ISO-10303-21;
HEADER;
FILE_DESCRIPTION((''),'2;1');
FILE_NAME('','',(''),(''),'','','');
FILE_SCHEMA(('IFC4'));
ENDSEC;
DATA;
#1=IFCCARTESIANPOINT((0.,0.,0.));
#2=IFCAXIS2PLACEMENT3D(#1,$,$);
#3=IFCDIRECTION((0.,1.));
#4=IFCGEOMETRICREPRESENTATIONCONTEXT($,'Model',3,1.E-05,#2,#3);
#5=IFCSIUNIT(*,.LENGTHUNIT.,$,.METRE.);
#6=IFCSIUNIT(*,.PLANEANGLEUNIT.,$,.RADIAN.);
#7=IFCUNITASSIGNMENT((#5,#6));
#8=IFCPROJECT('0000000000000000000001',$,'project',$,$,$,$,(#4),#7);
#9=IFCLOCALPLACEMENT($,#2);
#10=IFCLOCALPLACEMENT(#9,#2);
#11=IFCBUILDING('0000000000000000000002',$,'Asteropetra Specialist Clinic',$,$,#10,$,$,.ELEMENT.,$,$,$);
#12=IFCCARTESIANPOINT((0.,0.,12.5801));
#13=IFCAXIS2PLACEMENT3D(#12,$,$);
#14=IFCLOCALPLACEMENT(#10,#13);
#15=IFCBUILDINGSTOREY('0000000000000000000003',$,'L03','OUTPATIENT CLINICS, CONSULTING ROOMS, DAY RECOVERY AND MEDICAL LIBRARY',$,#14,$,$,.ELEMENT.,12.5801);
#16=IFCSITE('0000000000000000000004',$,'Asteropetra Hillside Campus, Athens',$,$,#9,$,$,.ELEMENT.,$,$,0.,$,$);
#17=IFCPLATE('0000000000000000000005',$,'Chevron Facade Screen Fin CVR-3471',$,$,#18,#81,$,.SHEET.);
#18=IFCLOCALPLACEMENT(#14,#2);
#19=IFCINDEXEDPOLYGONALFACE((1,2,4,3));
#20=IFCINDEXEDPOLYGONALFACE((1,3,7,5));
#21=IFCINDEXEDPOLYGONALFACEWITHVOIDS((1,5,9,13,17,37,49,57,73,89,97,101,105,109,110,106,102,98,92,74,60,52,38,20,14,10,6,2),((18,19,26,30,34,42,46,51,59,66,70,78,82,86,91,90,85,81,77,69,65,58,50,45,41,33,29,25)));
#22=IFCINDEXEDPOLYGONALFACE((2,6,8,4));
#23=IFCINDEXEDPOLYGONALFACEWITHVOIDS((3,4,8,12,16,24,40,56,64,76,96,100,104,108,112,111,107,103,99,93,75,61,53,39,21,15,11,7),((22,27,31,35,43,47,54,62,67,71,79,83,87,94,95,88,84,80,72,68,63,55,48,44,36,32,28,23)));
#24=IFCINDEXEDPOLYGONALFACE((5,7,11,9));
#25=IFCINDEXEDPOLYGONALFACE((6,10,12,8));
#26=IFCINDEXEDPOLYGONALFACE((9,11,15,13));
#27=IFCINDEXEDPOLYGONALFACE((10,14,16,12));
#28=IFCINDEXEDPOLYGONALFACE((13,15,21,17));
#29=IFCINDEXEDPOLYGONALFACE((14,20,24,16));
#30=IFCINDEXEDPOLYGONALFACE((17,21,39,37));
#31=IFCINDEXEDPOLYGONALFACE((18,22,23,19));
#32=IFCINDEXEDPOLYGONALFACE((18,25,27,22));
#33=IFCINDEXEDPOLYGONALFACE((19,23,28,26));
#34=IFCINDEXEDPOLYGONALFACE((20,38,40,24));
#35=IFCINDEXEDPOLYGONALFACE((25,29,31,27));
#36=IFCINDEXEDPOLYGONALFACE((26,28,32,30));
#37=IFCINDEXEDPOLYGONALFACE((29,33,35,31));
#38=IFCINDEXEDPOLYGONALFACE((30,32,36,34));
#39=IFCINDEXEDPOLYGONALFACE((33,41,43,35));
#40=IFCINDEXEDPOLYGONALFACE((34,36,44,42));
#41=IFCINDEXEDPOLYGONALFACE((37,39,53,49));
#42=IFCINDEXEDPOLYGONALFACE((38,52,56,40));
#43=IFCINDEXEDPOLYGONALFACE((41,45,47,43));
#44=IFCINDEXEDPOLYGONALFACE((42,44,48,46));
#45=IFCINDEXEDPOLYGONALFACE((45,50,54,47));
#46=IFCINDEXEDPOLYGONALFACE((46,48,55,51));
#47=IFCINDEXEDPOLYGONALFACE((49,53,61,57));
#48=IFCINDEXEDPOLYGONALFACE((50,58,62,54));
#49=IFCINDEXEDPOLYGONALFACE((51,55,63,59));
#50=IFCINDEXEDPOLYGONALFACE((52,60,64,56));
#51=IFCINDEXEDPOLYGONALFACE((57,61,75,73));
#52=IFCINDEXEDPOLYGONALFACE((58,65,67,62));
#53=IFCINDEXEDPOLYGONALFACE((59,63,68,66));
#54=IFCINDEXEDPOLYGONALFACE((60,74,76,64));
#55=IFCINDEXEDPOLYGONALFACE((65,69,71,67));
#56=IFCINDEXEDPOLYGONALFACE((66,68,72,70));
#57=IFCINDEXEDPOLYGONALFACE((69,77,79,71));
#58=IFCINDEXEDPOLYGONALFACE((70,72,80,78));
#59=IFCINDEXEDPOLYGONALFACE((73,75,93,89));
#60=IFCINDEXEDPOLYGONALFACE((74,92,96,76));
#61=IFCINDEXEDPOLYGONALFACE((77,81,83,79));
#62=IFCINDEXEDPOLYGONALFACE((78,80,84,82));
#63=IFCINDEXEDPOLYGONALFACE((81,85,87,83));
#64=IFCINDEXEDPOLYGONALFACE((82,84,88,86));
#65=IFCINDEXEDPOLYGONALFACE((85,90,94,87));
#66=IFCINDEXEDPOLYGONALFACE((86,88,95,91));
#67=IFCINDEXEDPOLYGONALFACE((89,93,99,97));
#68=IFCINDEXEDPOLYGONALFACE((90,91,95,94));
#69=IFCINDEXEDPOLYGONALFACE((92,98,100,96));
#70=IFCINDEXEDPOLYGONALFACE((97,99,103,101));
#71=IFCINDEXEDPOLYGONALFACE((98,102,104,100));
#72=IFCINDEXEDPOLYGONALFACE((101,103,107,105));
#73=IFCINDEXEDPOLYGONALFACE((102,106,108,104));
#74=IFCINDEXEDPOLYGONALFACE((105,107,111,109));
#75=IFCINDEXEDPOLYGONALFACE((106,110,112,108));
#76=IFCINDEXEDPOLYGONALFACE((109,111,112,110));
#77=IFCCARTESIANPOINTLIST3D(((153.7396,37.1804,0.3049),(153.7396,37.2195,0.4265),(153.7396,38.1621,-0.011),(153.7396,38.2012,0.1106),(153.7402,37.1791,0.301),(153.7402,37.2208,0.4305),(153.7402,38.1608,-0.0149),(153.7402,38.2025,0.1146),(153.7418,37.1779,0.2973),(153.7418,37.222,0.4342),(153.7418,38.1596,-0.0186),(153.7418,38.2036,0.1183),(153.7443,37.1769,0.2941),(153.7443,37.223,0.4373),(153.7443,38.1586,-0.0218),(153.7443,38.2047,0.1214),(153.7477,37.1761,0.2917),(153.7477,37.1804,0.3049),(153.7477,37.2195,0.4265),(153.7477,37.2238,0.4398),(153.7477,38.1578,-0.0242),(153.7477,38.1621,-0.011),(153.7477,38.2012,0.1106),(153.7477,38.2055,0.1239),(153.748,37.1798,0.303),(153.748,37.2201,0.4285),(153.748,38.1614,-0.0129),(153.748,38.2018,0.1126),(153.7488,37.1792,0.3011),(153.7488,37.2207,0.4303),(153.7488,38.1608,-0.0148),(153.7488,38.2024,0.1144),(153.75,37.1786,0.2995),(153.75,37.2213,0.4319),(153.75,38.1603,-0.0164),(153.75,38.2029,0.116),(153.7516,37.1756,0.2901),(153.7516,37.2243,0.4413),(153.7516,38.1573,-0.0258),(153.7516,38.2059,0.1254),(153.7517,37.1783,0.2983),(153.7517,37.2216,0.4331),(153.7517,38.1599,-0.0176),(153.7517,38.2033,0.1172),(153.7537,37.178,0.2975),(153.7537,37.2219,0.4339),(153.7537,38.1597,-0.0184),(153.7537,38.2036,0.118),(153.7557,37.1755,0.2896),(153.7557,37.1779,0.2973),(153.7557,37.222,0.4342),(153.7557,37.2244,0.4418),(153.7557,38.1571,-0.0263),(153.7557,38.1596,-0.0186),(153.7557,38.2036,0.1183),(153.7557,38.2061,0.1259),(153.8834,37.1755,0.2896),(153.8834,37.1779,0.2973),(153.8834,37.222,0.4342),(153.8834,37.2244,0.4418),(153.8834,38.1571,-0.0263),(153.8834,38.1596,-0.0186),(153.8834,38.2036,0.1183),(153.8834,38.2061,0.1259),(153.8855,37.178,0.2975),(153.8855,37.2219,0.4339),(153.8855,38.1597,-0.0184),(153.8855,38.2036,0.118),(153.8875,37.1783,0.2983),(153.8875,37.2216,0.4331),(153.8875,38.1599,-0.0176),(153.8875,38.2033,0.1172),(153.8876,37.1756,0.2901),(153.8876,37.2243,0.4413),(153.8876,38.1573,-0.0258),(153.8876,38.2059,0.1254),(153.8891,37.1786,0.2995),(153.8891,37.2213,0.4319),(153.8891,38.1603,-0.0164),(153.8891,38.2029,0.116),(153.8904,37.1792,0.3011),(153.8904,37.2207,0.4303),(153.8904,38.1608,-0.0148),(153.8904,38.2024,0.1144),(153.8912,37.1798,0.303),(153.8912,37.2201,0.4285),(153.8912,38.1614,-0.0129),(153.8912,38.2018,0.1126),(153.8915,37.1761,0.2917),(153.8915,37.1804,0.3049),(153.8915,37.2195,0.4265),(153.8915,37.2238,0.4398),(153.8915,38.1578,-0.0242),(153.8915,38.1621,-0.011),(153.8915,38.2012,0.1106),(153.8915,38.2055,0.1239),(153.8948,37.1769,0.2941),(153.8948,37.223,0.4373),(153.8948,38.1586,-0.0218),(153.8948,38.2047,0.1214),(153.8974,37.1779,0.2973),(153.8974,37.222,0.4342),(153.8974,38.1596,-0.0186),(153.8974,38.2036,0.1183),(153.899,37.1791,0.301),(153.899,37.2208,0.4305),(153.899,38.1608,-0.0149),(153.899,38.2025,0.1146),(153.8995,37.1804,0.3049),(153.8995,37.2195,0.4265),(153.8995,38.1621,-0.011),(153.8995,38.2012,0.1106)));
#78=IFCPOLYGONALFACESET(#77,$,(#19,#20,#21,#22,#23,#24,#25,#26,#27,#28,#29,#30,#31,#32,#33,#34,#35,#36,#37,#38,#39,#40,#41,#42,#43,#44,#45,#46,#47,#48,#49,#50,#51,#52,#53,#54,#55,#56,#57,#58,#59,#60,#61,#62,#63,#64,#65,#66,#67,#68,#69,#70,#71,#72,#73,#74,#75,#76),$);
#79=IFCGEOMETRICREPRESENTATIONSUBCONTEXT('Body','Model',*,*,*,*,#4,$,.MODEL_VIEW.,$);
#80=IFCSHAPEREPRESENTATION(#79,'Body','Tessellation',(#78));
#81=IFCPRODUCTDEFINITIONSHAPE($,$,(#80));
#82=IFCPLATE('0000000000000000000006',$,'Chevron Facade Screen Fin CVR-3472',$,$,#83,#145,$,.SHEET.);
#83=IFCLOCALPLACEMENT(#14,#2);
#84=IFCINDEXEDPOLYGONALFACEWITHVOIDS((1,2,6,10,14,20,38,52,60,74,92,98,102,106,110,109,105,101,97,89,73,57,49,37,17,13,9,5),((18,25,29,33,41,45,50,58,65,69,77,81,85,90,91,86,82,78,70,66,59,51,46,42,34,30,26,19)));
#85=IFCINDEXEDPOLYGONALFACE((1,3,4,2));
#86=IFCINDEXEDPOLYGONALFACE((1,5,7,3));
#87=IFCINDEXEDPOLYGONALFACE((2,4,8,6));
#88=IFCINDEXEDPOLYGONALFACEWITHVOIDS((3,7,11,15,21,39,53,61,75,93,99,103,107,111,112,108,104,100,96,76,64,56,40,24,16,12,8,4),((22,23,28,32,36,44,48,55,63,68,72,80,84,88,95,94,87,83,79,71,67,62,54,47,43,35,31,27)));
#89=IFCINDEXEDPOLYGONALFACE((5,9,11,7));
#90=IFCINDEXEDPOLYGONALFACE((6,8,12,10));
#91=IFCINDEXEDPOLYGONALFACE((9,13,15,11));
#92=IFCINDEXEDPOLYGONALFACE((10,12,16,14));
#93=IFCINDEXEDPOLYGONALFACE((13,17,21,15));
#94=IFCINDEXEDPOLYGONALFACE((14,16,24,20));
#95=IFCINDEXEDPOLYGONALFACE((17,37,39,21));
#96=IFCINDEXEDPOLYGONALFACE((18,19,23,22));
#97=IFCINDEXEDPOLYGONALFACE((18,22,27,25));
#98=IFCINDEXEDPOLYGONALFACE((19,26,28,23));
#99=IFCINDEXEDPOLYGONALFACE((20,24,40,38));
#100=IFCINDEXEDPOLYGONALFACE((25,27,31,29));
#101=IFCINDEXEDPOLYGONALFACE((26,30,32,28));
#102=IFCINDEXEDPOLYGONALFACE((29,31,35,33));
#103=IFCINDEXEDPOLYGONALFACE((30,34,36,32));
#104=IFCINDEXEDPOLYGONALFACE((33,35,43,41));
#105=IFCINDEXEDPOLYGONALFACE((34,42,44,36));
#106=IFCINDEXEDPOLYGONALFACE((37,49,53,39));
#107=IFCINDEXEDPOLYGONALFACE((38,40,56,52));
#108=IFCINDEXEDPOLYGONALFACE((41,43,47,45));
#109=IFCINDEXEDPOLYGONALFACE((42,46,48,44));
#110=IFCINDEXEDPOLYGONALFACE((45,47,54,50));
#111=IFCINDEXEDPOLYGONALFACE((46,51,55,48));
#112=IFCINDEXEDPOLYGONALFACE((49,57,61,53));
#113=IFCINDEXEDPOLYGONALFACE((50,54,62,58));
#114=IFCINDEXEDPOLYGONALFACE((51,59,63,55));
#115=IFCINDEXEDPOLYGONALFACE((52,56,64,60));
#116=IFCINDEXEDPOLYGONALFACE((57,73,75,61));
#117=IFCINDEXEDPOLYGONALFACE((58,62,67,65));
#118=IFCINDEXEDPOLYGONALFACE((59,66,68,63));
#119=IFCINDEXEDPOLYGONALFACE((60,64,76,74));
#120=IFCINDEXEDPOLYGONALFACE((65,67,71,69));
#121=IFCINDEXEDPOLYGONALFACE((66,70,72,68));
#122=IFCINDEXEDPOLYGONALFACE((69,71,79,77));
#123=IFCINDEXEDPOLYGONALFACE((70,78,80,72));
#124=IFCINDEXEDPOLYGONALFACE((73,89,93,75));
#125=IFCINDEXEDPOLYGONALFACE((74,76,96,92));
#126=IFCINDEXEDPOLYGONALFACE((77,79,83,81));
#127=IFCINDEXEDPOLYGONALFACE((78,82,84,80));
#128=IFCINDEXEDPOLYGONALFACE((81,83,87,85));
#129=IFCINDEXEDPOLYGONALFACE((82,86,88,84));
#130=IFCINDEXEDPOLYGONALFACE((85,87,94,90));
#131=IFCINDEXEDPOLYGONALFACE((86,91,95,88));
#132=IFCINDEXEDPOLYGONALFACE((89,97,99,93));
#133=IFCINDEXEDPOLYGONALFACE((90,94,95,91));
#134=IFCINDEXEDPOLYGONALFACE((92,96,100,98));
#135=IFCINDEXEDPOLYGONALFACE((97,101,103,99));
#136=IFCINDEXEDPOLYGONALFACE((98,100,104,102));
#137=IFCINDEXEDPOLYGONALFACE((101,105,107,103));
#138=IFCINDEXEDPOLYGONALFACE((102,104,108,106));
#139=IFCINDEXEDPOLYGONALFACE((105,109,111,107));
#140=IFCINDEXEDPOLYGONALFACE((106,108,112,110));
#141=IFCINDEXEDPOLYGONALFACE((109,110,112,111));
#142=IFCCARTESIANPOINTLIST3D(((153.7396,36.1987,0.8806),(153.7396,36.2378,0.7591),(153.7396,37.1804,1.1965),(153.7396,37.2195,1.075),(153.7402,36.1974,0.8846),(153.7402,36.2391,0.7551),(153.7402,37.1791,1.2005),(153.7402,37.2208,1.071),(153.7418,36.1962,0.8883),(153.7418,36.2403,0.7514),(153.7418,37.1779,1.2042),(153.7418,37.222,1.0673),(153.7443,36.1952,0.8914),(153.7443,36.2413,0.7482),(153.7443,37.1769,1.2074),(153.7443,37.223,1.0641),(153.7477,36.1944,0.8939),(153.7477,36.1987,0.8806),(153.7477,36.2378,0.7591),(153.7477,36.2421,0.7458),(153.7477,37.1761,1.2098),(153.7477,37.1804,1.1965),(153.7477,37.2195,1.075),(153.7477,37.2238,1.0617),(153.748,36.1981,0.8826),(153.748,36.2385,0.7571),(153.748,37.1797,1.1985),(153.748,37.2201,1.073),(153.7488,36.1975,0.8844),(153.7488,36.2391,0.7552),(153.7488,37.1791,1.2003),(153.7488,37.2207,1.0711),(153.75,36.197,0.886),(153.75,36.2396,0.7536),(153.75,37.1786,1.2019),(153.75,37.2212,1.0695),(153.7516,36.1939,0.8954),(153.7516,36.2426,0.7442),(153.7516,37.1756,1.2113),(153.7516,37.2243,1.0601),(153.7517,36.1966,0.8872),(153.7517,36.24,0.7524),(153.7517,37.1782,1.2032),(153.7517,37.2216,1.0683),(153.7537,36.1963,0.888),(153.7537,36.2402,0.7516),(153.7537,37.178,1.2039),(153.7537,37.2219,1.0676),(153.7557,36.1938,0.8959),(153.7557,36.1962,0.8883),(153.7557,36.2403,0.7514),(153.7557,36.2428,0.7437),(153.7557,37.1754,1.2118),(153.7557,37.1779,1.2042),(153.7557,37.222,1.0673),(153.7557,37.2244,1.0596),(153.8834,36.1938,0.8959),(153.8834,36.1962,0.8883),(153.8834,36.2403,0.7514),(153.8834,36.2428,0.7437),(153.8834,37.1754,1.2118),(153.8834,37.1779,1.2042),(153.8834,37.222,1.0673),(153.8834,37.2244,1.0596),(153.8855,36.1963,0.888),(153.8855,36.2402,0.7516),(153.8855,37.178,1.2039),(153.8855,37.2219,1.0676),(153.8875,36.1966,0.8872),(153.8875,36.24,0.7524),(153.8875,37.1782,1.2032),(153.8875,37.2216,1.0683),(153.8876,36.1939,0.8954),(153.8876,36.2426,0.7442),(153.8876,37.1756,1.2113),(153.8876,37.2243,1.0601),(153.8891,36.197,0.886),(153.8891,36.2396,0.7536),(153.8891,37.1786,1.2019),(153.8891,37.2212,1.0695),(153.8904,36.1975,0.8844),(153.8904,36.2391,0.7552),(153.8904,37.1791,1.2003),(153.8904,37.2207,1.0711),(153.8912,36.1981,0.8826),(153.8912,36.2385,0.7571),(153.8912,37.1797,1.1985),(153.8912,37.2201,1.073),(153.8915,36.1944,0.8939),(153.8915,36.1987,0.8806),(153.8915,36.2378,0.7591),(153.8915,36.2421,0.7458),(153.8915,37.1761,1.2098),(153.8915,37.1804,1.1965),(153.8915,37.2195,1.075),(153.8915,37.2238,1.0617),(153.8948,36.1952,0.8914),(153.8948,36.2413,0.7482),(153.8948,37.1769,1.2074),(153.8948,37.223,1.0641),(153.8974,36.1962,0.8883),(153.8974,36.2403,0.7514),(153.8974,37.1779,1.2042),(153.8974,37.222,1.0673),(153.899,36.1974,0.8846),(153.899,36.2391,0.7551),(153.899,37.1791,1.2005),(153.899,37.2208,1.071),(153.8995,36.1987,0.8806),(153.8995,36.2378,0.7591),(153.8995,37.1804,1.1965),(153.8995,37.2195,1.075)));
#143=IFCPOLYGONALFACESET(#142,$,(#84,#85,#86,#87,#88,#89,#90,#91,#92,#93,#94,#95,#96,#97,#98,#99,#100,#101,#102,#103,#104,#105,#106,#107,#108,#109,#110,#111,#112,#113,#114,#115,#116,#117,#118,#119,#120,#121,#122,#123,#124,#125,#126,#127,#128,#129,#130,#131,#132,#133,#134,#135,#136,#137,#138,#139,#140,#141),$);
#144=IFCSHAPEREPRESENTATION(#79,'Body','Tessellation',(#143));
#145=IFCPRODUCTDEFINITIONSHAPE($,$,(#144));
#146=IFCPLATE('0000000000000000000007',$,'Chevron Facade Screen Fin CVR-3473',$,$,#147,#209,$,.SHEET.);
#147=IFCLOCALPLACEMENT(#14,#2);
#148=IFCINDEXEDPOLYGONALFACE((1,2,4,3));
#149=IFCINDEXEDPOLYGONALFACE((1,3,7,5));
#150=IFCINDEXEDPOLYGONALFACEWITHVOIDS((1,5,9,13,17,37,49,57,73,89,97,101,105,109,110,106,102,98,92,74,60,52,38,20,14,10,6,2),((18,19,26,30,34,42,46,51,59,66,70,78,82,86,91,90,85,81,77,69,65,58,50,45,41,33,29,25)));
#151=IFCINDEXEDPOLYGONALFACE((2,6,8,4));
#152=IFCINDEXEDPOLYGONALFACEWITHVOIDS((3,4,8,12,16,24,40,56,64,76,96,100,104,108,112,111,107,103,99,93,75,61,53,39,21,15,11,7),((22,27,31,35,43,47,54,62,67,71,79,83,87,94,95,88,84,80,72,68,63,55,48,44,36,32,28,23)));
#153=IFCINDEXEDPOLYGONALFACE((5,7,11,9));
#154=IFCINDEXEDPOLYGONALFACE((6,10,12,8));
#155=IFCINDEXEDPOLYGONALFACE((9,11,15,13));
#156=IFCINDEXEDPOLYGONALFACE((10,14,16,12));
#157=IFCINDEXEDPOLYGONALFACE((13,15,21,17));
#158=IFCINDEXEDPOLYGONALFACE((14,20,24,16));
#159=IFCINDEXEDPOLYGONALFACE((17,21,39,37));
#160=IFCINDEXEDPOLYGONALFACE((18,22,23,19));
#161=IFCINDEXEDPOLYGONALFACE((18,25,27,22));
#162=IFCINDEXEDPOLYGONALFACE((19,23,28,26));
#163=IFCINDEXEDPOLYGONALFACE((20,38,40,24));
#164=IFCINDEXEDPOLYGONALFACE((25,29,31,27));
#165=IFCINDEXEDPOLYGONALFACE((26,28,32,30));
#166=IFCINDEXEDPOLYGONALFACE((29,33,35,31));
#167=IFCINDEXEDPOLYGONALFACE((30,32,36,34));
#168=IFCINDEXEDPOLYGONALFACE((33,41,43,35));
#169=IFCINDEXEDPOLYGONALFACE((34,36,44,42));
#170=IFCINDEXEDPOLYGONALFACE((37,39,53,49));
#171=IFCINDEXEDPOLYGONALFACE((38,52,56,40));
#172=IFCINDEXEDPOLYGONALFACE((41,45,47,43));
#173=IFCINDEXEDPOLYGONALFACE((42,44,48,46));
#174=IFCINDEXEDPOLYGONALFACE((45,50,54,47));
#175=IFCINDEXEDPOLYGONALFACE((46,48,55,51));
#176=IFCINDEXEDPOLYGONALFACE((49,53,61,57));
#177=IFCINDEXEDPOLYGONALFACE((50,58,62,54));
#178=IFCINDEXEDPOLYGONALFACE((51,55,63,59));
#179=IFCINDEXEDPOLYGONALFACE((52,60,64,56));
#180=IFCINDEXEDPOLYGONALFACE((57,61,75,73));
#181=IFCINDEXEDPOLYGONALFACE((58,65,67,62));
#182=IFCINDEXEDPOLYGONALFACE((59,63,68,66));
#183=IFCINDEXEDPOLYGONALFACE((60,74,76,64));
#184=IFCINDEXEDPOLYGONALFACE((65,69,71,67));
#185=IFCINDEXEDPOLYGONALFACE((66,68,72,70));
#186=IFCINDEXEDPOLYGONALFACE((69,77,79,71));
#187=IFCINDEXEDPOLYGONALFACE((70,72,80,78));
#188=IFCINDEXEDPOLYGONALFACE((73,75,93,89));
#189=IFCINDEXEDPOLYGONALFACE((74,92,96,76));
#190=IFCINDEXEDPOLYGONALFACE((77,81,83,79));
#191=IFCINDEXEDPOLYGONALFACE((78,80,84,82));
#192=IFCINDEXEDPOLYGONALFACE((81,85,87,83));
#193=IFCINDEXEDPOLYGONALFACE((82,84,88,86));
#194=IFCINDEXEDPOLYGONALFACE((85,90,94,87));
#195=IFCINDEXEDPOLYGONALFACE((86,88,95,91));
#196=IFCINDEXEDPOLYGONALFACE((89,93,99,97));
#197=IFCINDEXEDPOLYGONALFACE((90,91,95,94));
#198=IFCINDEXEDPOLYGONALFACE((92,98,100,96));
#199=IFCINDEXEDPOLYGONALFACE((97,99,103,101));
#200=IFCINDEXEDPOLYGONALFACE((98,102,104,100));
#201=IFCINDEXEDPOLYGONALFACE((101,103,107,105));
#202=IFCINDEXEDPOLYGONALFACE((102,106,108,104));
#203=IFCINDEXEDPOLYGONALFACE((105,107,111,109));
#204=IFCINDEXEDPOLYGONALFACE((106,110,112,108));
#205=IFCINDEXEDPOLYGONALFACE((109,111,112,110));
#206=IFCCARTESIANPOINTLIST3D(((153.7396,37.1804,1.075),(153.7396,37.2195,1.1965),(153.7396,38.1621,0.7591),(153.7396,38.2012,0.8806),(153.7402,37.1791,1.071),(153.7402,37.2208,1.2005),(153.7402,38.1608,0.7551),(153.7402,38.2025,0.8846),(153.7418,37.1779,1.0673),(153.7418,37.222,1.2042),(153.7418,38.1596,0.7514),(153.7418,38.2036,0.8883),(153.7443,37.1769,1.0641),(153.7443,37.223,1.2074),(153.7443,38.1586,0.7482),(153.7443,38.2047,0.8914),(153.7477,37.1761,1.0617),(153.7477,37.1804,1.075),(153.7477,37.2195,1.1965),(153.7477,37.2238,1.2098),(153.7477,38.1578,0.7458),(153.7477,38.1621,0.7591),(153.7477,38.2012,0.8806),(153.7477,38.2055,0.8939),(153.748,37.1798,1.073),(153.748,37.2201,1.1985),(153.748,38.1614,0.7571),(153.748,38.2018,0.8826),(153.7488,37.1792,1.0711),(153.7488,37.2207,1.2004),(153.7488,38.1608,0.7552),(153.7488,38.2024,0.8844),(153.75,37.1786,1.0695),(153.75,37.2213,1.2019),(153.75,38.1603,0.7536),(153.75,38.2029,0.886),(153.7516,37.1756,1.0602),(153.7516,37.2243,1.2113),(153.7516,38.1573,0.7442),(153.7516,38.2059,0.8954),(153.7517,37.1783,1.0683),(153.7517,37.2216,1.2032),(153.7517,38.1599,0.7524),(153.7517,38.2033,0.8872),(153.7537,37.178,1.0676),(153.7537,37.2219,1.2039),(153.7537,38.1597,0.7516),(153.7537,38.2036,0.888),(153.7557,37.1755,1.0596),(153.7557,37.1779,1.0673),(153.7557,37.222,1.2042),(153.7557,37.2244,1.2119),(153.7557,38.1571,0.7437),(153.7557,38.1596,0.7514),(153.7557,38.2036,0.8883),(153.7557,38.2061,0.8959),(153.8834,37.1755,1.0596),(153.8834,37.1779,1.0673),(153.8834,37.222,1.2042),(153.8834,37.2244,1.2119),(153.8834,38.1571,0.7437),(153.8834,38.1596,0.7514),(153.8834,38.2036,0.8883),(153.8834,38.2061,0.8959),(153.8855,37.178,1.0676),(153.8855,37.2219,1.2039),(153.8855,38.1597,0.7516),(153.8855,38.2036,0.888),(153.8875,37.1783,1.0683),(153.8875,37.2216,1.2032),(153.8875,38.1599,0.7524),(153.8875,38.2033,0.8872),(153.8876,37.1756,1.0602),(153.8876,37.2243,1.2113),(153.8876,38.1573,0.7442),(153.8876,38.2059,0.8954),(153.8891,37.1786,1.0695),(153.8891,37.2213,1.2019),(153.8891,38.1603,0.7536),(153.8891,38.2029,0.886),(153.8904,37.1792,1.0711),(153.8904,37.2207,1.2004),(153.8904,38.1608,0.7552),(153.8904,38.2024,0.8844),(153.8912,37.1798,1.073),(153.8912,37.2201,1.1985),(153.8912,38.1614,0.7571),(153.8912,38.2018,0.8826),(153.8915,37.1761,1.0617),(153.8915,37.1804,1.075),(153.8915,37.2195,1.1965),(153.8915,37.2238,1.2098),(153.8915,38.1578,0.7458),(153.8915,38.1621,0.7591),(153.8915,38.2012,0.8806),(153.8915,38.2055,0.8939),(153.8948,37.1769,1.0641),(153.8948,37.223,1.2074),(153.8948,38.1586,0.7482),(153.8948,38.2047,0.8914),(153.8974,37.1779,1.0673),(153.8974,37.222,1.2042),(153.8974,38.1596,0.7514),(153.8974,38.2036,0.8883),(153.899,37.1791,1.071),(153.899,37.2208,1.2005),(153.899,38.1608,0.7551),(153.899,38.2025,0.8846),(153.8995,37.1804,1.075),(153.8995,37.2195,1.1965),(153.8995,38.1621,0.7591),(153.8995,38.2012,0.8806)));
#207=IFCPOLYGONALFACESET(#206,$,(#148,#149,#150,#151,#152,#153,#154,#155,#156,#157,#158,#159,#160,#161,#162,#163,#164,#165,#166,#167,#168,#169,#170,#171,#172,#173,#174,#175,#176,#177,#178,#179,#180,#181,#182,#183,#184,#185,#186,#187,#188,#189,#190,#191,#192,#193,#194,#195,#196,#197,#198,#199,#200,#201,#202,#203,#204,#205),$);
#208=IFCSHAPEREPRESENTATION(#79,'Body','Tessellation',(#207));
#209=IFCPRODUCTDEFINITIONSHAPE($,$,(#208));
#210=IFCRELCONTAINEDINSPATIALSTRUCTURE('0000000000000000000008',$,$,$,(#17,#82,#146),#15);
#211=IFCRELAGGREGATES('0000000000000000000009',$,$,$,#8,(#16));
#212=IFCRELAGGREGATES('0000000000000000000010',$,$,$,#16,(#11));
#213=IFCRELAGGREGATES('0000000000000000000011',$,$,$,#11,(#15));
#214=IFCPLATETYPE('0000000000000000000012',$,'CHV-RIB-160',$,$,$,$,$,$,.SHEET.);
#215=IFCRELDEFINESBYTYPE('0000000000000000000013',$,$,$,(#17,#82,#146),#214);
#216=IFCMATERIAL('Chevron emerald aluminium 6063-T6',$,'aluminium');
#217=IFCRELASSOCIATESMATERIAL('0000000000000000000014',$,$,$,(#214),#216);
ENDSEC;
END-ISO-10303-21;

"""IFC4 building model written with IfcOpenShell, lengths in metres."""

from ifc_helpers import new_model, si_unit, direction, frame, origin, origin_2d, place, context, subcontext, project, spatial, hollow_rectangle, extrude, material, material_profile, profile_set, type_object, element, save


model = new_model("IFC4")

# Units and contexts
model_context = context("Model", 3, precision=1e-05, world=origin(), true_north=direction((0.0, 1.0)))
body_context = subcontext(model_context, "Body", "Model", "MODEL_VIEW")
ifc_project = project(units=[si_unit("LENGTHUNIT", "METRE"), si_unit("PLANEANGLEUNIT", "RADIAN")], contexts=[model_context])

# Site, building, storey
site_placement = place(None, origin())
site = spatial("IfcSite", under=ifc_project, at=site_placement, Name="Asteropetra Hillside Campus, Athens", CompositionType="ELEMENT", RefElevation=0.0)
building_placement = place(site_placement, origin())
building = spatial("IfcBuilding", under=site, at=building_placement, Name="Asteropetra Specialist Clinic", CompositionType="ELEMENT")
storey_placement = place(building_placement, frame((0.0, 0.0, 12.5801)))
storey = spatial("IfcBuildingStorey", under=building, at=storey_placement, Name="L03", Description="OUTPATIENT CLINICS, CONSULTING ROOMS, DAY RECOVERY AND MEDICAL LIBRARY", CompositionType="ELEMENT", Elevation=12.5801)

# Plates
ifc_material_1 = material(Name="Chevron emerald aluminium 6063-T6", Category="aluminium")
ifc_material_profile = material_profile(ifc_material_1, hollow_rectangle(XDim=0.1599, YDim=0.1599, WallThickness=0.0081, InnerFilletRadius=0.0081, OuterFilletRadius=0.0161, at=origin_2d()), Name="SHS 160x160x8.0")
ifc_profile_set = profile_set([ifc_material_profile], Name="Chevron emerald aluminium 6063-T6")
plate_type_1 = type_object("IfcPlateType", Name="CHV-RIB-160", PredefinedType="SHEET", material=ifc_profile_set)
for number, where, z_axis, x_axis, name in (
    (1, (153.8196, 37.2, 0.3657), (0.0, 0.951923, -0.306339), (-1.0, 0.0, 0.0), "Chevron Facade Screen Fin CVR-3471"),
    (2, (153.8196, 36.2183, 0.8198), (0.0, 0.951923, 0.306339), (-1.0, 0.0, 0.0), "Chevron Facade Screen Fin CVR-3472"),
    (3, (153.8196, 37.2, 1.1357), (0.0, 0.951923, -0.306339), (-1.0, 0.0, 0.0), "Chevron Facade Screen Fin CVR-3473"),
):
    element("IfcPlate", number, at=place(storey_placement, frame(where, z_axis=z_axis, x_axis=x_axis)), inside=storey, type_object=plate_type_1, Name=name, PredefinedType="SHEET", context=body_context, shape_type="SweptSolid", body=[
        extrude(hollow_rectangle(XDim=0.1599, YDim=0.1599, WallThickness=0.0081, InnerFilletRadius=0.0081, OuterFilletRadius=0.0161, at=origin_2d()), origin(), (0.0, 0.0, 1.0), 1.0312),
    ])

save(model, "model.ifc")
